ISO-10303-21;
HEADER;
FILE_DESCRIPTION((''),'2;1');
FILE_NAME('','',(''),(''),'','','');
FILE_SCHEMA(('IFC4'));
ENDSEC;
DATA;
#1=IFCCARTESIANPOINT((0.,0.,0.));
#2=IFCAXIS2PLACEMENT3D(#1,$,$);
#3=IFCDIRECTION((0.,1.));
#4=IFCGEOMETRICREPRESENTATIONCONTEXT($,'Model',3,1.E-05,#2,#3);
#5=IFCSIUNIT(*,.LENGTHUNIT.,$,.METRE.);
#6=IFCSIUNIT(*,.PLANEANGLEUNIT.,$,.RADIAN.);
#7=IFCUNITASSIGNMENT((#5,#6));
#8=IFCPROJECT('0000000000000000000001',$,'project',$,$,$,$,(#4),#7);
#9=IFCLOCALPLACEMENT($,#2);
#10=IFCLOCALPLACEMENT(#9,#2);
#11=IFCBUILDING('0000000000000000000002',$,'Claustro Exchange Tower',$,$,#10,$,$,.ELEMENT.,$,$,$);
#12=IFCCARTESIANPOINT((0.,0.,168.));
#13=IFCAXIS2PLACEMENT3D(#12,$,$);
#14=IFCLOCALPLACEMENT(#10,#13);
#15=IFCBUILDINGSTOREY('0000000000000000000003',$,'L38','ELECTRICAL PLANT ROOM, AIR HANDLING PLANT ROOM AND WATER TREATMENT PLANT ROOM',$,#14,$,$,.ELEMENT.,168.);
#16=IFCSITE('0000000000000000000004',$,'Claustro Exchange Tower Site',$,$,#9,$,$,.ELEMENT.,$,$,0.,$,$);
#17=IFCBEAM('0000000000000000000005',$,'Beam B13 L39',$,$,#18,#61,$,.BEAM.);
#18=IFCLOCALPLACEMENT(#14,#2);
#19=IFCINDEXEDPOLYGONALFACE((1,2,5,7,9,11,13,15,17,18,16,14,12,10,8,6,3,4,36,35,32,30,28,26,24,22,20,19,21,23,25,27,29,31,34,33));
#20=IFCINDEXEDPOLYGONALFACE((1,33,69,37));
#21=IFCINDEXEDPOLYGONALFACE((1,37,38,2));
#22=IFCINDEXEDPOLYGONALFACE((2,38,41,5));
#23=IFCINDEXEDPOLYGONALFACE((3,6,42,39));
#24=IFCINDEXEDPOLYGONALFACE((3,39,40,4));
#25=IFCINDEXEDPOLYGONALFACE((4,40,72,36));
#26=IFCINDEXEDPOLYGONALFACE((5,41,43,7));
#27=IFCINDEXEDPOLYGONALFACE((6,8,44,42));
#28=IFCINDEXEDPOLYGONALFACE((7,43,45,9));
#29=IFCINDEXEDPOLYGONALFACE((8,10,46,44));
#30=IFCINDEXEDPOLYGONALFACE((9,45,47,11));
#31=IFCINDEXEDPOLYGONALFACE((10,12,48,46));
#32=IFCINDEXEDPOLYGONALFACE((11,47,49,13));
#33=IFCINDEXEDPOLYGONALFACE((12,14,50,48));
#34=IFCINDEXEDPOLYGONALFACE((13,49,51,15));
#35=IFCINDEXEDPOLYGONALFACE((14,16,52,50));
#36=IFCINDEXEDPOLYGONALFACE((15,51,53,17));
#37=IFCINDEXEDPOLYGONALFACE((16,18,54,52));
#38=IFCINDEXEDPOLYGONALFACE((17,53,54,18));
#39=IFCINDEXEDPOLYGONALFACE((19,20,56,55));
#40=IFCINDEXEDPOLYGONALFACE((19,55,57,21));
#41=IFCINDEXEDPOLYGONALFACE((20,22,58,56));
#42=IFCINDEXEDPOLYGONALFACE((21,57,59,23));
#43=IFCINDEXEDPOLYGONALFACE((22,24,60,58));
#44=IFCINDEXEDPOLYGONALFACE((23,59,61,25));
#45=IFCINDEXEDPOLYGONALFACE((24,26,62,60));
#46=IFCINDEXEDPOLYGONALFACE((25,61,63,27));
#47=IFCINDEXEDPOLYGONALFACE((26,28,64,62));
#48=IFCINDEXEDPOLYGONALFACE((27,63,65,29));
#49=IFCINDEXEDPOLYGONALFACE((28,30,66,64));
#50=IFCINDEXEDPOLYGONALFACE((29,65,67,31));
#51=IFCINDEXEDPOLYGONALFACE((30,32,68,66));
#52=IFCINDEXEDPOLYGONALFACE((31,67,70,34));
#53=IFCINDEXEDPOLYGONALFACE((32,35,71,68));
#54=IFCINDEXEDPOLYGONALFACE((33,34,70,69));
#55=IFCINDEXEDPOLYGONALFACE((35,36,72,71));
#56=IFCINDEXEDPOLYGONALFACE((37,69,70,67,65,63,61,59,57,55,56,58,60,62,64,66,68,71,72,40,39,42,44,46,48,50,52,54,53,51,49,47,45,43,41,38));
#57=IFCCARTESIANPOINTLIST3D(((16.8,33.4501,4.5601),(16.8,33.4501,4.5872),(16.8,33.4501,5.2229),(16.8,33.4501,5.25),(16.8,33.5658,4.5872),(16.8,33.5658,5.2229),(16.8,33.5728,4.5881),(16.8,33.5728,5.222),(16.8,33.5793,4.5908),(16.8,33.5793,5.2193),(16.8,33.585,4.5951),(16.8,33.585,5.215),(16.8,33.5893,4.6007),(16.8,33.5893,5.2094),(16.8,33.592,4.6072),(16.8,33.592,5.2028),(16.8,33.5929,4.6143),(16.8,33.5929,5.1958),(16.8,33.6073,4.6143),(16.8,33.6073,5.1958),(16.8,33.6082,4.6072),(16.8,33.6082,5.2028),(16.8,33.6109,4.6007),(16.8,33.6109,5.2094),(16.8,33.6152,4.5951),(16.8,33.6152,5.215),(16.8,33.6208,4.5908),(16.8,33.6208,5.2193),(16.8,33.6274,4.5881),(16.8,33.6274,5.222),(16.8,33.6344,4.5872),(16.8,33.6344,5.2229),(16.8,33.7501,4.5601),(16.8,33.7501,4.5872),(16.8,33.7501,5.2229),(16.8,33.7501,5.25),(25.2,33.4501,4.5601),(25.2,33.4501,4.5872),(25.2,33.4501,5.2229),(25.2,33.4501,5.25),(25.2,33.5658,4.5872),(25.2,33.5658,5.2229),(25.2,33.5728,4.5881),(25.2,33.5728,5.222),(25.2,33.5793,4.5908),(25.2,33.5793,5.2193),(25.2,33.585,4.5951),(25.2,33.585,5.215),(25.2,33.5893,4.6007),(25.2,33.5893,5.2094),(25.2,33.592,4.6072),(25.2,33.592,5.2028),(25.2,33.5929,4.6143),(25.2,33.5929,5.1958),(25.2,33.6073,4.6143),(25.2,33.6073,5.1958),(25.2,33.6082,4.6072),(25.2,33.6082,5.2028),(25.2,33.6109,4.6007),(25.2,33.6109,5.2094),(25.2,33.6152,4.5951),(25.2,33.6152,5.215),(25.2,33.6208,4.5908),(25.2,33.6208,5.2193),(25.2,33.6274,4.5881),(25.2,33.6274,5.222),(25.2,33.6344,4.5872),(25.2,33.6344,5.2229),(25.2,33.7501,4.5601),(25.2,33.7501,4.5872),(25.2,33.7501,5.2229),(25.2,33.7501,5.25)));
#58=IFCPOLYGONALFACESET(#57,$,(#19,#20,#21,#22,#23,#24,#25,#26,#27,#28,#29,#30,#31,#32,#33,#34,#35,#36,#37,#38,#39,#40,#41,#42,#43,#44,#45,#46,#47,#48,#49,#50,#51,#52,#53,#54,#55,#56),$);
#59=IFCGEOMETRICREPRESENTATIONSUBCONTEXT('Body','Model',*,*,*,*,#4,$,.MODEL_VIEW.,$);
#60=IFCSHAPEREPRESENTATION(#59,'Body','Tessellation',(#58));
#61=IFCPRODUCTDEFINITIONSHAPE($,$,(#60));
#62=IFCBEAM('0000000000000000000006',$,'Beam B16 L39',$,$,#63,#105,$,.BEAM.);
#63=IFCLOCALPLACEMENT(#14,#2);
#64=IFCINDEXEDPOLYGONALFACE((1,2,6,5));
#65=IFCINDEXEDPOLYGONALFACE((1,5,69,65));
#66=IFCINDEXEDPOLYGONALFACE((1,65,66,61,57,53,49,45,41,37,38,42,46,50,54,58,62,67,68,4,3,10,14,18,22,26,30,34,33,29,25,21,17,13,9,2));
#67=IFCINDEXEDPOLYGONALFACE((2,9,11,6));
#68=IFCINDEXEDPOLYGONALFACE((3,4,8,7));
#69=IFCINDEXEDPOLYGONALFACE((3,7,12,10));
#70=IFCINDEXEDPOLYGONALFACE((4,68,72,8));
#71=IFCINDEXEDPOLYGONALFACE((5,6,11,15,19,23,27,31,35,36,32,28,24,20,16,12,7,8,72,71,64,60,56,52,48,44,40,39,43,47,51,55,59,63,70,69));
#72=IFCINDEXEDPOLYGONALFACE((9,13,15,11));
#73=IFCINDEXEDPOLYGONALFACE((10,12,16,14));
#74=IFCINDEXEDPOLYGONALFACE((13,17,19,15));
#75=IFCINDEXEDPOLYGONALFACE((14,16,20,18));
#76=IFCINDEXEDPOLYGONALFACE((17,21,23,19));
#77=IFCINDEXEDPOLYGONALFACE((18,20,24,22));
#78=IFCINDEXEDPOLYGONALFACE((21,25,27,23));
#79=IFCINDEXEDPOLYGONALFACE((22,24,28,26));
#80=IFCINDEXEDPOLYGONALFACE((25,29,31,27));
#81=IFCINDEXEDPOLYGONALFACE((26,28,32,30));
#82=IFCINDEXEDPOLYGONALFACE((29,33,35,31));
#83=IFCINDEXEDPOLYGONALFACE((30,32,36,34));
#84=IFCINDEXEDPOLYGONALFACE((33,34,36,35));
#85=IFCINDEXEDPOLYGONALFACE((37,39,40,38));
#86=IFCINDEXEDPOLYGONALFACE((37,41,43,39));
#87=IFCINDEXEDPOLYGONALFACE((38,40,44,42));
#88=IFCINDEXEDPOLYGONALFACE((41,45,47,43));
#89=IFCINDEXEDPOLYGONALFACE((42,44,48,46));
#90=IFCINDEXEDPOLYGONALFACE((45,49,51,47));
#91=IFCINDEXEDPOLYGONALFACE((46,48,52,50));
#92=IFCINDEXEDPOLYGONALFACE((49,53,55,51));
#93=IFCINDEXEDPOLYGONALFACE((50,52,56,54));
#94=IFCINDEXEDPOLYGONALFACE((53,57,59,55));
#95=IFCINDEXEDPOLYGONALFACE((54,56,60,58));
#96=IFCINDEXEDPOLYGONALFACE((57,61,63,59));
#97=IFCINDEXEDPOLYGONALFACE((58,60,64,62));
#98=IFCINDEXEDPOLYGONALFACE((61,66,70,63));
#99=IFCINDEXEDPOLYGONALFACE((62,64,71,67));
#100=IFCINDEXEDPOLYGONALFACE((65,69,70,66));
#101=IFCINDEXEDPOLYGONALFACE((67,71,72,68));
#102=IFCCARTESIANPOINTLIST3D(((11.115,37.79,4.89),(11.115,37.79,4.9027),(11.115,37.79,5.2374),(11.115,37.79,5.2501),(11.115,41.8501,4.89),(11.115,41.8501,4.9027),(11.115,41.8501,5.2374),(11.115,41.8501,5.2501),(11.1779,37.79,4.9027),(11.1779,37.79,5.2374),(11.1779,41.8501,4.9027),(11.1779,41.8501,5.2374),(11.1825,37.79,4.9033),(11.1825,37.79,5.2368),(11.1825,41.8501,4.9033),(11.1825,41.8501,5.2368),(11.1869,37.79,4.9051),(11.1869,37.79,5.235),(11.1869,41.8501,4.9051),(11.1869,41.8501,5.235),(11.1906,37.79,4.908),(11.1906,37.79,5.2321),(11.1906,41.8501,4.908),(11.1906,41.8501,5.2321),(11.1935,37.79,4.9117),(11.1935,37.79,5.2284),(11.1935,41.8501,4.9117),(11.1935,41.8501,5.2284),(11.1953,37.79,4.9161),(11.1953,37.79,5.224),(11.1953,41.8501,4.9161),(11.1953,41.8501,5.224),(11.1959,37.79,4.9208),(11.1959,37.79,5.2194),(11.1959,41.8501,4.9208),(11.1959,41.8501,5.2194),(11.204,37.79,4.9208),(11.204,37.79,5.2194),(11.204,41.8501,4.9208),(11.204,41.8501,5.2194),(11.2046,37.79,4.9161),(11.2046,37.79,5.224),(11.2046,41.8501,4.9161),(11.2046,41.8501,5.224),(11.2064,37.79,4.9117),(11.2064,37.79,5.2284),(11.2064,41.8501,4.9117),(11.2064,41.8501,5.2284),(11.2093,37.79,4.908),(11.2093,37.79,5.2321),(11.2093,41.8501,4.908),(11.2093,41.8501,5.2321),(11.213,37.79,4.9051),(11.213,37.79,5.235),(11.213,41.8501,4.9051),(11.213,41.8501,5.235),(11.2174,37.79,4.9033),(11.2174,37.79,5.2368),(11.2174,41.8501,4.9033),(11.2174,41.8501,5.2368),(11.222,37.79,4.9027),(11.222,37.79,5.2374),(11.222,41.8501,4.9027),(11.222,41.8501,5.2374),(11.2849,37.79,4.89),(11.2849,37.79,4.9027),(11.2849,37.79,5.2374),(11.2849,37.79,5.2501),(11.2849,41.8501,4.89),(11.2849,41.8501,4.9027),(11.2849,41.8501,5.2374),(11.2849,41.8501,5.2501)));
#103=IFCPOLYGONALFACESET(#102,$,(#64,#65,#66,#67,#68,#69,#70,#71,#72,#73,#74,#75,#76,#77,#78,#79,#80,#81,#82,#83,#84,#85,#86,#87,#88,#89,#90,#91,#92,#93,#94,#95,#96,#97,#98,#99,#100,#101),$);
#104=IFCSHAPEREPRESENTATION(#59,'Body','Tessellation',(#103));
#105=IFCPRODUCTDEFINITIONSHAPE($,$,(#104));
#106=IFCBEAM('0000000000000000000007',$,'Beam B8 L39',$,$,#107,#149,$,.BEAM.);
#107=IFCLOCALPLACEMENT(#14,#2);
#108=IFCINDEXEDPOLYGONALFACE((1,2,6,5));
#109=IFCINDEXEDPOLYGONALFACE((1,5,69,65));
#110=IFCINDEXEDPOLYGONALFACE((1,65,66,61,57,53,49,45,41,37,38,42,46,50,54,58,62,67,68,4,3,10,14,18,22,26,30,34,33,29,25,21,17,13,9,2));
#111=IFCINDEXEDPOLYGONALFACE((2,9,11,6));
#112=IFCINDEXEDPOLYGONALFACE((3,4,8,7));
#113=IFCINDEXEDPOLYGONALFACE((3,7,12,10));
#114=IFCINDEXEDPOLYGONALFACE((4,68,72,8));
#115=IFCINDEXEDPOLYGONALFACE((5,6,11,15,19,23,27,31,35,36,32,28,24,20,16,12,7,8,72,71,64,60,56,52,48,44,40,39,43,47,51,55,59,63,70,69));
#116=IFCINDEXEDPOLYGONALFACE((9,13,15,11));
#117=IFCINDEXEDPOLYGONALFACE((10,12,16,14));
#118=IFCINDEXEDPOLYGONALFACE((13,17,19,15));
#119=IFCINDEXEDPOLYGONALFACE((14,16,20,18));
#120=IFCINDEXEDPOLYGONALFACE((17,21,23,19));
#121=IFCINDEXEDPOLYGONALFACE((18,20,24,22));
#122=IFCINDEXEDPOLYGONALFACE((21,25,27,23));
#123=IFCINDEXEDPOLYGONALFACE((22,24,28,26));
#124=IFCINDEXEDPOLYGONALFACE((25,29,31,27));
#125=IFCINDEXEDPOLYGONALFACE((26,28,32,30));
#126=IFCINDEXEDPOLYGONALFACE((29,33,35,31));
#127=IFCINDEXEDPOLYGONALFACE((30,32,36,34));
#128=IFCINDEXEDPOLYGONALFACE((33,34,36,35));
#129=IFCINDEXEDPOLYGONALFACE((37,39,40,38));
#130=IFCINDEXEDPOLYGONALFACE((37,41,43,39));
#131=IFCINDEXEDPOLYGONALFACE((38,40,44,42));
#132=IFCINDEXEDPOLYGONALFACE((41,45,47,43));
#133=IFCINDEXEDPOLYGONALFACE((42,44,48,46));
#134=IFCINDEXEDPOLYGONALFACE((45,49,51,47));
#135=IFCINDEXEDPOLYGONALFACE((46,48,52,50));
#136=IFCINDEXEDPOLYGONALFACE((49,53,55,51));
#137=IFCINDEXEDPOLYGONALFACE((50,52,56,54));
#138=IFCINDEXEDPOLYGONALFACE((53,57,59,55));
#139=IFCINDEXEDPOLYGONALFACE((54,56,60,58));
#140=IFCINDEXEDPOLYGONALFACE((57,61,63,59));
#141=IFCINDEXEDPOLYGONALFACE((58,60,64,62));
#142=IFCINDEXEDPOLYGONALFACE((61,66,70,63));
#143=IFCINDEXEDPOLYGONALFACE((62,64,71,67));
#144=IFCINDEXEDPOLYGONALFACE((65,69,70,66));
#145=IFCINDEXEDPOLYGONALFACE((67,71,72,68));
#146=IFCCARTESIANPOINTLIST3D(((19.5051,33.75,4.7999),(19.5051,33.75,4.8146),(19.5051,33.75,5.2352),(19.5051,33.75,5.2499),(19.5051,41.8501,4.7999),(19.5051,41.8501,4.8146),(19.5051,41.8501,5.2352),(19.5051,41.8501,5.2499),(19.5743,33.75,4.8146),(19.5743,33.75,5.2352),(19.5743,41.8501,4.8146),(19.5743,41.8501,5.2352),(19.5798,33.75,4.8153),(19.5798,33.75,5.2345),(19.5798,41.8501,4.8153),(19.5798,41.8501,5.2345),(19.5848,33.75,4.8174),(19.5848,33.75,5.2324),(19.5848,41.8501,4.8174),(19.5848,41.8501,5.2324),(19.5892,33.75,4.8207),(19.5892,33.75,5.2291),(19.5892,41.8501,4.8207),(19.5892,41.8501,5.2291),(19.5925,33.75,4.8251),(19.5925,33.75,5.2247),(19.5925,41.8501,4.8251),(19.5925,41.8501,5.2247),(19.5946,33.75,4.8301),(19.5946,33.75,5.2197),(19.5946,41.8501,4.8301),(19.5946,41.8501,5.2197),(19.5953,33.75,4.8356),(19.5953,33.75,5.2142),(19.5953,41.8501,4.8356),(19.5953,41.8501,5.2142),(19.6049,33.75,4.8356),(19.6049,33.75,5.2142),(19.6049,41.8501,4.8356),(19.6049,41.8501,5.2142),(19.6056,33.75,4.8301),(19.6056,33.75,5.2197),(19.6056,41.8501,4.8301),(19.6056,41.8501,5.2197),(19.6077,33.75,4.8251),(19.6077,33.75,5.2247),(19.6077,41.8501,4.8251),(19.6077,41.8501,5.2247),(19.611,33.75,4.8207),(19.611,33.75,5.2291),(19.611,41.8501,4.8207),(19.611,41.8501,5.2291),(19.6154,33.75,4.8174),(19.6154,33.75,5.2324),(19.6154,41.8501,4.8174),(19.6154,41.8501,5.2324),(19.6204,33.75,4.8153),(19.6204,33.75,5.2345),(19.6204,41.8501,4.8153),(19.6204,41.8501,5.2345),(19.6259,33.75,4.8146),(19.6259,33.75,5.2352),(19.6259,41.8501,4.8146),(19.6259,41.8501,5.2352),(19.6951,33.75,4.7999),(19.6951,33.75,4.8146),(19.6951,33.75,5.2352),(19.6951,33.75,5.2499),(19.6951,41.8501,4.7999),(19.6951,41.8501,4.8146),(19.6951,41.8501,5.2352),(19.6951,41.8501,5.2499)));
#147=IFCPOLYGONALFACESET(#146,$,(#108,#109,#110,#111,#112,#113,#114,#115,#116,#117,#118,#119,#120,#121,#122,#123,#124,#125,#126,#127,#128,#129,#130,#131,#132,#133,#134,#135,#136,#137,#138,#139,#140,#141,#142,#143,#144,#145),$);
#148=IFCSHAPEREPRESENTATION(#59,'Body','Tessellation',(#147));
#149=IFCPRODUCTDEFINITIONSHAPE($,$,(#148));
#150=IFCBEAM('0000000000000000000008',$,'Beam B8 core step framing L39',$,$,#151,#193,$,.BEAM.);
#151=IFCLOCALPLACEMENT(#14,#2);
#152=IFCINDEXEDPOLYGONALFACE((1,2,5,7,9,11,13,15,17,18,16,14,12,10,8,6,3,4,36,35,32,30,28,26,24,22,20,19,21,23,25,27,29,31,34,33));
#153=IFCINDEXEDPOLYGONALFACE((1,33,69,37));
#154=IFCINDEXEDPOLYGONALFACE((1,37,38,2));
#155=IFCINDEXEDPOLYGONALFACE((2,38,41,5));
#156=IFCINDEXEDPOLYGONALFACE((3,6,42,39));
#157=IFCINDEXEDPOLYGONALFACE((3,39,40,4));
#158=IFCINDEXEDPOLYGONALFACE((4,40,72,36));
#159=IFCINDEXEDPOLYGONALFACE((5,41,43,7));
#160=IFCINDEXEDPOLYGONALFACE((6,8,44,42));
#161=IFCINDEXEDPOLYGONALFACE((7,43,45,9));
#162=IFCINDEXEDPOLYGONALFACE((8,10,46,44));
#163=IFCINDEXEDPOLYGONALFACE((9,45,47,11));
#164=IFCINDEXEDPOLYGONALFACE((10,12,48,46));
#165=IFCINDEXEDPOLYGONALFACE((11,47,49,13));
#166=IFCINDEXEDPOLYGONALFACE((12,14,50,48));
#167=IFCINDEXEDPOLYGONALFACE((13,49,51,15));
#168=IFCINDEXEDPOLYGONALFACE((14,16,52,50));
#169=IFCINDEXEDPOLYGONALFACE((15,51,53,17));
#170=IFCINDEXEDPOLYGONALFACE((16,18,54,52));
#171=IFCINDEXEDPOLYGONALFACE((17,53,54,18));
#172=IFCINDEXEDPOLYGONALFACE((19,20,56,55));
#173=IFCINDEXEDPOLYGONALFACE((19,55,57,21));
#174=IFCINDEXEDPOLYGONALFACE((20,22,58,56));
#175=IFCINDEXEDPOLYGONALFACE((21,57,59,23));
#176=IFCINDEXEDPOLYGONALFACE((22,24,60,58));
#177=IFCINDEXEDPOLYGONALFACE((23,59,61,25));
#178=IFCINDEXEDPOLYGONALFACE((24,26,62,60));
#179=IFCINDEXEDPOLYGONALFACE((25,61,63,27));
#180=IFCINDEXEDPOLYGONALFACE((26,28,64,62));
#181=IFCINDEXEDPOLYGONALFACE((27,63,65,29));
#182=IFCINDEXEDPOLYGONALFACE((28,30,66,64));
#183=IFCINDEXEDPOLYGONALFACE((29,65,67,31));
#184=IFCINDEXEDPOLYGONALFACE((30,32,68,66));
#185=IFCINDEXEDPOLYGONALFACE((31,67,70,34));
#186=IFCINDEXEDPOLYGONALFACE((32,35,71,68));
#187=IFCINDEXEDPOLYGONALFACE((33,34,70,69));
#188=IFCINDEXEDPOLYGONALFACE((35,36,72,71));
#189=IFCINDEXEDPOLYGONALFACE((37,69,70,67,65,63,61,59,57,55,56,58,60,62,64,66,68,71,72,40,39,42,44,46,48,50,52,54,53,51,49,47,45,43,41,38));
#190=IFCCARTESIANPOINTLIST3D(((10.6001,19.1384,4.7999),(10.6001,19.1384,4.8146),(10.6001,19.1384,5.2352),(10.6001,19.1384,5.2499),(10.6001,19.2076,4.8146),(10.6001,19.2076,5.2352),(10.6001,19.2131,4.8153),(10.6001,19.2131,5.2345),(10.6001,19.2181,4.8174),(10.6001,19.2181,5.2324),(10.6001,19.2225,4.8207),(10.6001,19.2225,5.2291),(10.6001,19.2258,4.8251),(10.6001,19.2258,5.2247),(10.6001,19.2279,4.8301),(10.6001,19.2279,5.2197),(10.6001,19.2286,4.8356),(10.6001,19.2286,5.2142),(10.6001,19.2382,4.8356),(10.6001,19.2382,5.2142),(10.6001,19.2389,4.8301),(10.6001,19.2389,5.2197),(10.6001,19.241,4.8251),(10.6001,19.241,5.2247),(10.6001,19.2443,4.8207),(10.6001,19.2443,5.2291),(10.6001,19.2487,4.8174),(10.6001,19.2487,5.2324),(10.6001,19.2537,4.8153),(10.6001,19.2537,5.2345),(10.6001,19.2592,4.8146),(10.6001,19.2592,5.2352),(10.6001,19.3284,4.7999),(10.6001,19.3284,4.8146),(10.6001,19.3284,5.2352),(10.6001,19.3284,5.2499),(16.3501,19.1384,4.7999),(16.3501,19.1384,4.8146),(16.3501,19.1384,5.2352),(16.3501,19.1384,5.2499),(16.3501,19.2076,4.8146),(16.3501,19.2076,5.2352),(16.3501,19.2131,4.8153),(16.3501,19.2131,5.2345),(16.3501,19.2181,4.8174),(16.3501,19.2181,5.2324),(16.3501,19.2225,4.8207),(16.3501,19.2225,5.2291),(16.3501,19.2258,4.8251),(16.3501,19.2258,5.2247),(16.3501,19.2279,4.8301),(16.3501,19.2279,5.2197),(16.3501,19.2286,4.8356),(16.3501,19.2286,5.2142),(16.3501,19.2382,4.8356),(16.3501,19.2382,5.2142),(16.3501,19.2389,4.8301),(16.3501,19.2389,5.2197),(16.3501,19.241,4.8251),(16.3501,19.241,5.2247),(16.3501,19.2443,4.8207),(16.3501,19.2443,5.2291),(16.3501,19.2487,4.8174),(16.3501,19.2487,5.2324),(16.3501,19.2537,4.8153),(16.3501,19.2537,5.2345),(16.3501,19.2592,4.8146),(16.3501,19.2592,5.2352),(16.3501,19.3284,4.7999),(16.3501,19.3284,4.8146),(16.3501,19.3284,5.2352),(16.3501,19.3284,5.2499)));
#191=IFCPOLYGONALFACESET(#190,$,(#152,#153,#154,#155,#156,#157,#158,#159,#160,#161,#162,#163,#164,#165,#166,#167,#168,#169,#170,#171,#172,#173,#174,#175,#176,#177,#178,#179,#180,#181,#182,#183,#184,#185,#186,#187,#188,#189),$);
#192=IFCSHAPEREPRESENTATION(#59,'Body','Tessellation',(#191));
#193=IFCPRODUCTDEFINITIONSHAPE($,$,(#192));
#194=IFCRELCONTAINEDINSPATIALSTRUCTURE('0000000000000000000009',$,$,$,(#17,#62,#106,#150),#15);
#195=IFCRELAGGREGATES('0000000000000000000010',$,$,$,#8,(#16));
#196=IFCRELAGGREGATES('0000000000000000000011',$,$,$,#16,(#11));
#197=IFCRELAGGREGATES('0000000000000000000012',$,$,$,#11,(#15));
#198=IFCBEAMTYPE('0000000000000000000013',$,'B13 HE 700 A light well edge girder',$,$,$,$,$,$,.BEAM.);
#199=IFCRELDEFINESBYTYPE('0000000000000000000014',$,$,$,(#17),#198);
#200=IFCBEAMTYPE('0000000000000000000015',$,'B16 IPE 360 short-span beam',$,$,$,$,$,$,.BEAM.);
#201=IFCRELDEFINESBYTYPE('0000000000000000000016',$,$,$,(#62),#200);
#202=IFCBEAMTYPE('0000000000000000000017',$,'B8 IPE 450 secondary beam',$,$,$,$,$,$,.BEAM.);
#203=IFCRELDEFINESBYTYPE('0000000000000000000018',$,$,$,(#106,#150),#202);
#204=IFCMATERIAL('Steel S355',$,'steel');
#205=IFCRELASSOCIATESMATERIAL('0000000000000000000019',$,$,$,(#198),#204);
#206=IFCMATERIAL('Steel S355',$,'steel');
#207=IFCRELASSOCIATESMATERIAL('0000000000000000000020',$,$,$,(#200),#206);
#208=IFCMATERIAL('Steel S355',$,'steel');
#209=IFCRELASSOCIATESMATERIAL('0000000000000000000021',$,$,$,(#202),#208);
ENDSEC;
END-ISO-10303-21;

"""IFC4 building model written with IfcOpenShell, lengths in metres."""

from ifc_helpers import new_model, si_unit, direction, frame, origin, origin_2d, place, context, subcontext, project, spatial, i_section, extrude, material, material_profile, profile_set, type_object, element, save


model = new_model("IFC4")

# Units and contexts
model_context = context("Model", 3, precision=1e-05, world=origin(), true_north=direction((0.0, 1.0)))
body_context = subcontext(model_context, "Body", "Model", "MODEL_VIEW")
ifc_project = project(units=[si_unit("LENGTHUNIT", "METRE"), si_unit("PLANEANGLEUNIT", "RADIAN")], contexts=[model_context])

# Site, building, storey
site_placement = place(None, origin())
site = spatial("IfcSite", under=ifc_project, at=site_placement, Name="Claustro Exchange Tower Site", CompositionType="ELEMENT", RefElevation=0.0)
building_placement = place(site_placement, origin())
building = spatial("IfcBuilding", under=site, at=building_placement, Name="Claustro Exchange Tower", CompositionType="ELEMENT")
storey_placement = place(building_placement, frame((0.0, 0.0, 168.0)))
storey = spatial("IfcBuildingStorey", under=building, at=storey_placement, Name="L38", Description="ELECTRICAL PLANT ROOM, AIR HANDLING PLANT ROOM AND WATER TREATMENT PLANT ROOM", CompositionType="ELEMENT", Elevation=168.0)

# Beams
ifc_material_1 = material(Name="Steel S355", Category="steel")
ifc_material_profile_1 = material_profile(ifc_material_1, i_section(OverallWidth=0.3, OverallDepth=0.6899, WebThickness=0.0144, FlangeThickness=0.0271, FilletRadius=0.0271, at=origin_2d()), Name="HE 700 A")
ifc_profile_set_1 = profile_set([ifc_material_profile_1], Name="Steel S355")
beam_type_1 = type_object("IfcBeamType", Name="B13 HE 700 A light well edge girder", PredefinedType="BEAM", material=ifc_profile_set_1)
beam_1_placement = place(storey_placement, frame((16.8, 33.6001, 4.905), z_axis=(1.0, 0.0, 0.0), x_axis=(0.0, 1.0, 0.0)))
element("IfcBeam", 1, at=beam_1_placement, inside=storey, type_object=beam_type_1, Name="Beam B13 L39", PredefinedType="BEAM", context=body_context, shape_type="SweptSolid", body=[
    extrude(i_section(OverallWidth=0.3, OverallDepth=0.6899, WebThickness=0.0144, FlangeThickness=0.0271, FilletRadius=0.0271, at=origin_2d()), origin(), (0.0, 0.0, 1.0), 8.3999),
])
ifc_material_2 = material(Name="Steel S355", Category="steel")
ifc_material_profile_2 = material_profile(ifc_material_2, i_section(OverallWidth=0.1699, OverallDepth=0.3601, WebThickness=0.0081, FlangeThickness=0.0127, FilletRadius=0.0181, at=origin_2d()), Name="IPE 360")
ifc_profile_set_2 = profile_set([ifc_material_profile_2], Name="Steel S355")
beam_type_2 = type_object("IfcBeamType", Name="B16 IPE 360 short-span beam", PredefinedType="BEAM", material=ifc_profile_set_2)
beam_2_placement = place(storey_placement, frame((11.2, 37.79, 5.0701), z_axis=(0.0, 1.0, 0.0), x_axis=(-1.0, 0.0, 0.0)))
element("IfcBeam", 2, at=beam_2_placement, inside=storey, type_object=beam_type_2, Name="Beam B16 L39", PredefinedType="BEAM", context=body_context, shape_type="SweptSolid", body=[
    extrude(i_section(OverallWidth=0.1699, OverallDepth=0.3601, WebThickness=0.0081, FlangeThickness=0.0127, FilletRadius=0.0181, at=origin_2d()), origin(), (0.0, 0.0, 1.0), 4.0601),
])
ifc_material_3 = material(Name="Steel S355", Category="steel")
ifc_material_profile_3 = material_profile(ifc_material_3, i_section(OverallWidth=0.1899, OverallDepth=0.45, WebThickness=0.0095, FlangeThickness=0.0146, FilletRadius=0.021, at=origin_2d()), Name="IPE 450")
ifc_profile_set_3 = profile_set([ifc_material_profile_3], Name="Steel S355")
beam_type_3 = type_object("IfcBeamType", Name="B8 IPE 450 secondary beam", PredefinedType="BEAM", material=ifc_profile_set_3)
beam_3_placement = place(storey_placement, frame((19.6001, 33.75, 5.0249), z_axis=(0.0, 1.0, 0.0), x_axis=(-1.0, 0.0, 0.0)))
element("IfcBeam", 3, at=beam_3_placement, inside=storey, type_object=beam_type_3, Name="Beam B8 L39", PredefinedType="BEAM", context=body_context, shape_type="SweptSolid", body=[
    extrude(i_section(OverallWidth=0.1899, OverallDepth=0.45, WebThickness=0.0095, FlangeThickness=0.0146, FilletRadius=0.021, at=origin_2d()), origin(), (0.0, 0.0, 1.0), 8.1001),
])
beam_4_placement = place(storey_placement, frame((10.6001, 19.2334, 5.0249), z_axis=(1.0, 0.0, 0.0), x_axis=(0.0, 1.0, 0.0)))
element("IfcBeam", 4, at=beam_4_placement, inside=storey, type_object=beam_type_3, Name="Beam B8 core step framing L39", PredefinedType="BEAM", context=body_context, shape_type="SweptSolid", body=[
    extrude(i_section(OverallWidth=0.1899, OverallDepth=0.45, WebThickness=0.0095, FlangeThickness=0.0146, FilletRadius=0.021, at=origin_2d()), origin(), (0.0, 0.0, 1.0), 5.75),
])

save(model, "model.ifc")
